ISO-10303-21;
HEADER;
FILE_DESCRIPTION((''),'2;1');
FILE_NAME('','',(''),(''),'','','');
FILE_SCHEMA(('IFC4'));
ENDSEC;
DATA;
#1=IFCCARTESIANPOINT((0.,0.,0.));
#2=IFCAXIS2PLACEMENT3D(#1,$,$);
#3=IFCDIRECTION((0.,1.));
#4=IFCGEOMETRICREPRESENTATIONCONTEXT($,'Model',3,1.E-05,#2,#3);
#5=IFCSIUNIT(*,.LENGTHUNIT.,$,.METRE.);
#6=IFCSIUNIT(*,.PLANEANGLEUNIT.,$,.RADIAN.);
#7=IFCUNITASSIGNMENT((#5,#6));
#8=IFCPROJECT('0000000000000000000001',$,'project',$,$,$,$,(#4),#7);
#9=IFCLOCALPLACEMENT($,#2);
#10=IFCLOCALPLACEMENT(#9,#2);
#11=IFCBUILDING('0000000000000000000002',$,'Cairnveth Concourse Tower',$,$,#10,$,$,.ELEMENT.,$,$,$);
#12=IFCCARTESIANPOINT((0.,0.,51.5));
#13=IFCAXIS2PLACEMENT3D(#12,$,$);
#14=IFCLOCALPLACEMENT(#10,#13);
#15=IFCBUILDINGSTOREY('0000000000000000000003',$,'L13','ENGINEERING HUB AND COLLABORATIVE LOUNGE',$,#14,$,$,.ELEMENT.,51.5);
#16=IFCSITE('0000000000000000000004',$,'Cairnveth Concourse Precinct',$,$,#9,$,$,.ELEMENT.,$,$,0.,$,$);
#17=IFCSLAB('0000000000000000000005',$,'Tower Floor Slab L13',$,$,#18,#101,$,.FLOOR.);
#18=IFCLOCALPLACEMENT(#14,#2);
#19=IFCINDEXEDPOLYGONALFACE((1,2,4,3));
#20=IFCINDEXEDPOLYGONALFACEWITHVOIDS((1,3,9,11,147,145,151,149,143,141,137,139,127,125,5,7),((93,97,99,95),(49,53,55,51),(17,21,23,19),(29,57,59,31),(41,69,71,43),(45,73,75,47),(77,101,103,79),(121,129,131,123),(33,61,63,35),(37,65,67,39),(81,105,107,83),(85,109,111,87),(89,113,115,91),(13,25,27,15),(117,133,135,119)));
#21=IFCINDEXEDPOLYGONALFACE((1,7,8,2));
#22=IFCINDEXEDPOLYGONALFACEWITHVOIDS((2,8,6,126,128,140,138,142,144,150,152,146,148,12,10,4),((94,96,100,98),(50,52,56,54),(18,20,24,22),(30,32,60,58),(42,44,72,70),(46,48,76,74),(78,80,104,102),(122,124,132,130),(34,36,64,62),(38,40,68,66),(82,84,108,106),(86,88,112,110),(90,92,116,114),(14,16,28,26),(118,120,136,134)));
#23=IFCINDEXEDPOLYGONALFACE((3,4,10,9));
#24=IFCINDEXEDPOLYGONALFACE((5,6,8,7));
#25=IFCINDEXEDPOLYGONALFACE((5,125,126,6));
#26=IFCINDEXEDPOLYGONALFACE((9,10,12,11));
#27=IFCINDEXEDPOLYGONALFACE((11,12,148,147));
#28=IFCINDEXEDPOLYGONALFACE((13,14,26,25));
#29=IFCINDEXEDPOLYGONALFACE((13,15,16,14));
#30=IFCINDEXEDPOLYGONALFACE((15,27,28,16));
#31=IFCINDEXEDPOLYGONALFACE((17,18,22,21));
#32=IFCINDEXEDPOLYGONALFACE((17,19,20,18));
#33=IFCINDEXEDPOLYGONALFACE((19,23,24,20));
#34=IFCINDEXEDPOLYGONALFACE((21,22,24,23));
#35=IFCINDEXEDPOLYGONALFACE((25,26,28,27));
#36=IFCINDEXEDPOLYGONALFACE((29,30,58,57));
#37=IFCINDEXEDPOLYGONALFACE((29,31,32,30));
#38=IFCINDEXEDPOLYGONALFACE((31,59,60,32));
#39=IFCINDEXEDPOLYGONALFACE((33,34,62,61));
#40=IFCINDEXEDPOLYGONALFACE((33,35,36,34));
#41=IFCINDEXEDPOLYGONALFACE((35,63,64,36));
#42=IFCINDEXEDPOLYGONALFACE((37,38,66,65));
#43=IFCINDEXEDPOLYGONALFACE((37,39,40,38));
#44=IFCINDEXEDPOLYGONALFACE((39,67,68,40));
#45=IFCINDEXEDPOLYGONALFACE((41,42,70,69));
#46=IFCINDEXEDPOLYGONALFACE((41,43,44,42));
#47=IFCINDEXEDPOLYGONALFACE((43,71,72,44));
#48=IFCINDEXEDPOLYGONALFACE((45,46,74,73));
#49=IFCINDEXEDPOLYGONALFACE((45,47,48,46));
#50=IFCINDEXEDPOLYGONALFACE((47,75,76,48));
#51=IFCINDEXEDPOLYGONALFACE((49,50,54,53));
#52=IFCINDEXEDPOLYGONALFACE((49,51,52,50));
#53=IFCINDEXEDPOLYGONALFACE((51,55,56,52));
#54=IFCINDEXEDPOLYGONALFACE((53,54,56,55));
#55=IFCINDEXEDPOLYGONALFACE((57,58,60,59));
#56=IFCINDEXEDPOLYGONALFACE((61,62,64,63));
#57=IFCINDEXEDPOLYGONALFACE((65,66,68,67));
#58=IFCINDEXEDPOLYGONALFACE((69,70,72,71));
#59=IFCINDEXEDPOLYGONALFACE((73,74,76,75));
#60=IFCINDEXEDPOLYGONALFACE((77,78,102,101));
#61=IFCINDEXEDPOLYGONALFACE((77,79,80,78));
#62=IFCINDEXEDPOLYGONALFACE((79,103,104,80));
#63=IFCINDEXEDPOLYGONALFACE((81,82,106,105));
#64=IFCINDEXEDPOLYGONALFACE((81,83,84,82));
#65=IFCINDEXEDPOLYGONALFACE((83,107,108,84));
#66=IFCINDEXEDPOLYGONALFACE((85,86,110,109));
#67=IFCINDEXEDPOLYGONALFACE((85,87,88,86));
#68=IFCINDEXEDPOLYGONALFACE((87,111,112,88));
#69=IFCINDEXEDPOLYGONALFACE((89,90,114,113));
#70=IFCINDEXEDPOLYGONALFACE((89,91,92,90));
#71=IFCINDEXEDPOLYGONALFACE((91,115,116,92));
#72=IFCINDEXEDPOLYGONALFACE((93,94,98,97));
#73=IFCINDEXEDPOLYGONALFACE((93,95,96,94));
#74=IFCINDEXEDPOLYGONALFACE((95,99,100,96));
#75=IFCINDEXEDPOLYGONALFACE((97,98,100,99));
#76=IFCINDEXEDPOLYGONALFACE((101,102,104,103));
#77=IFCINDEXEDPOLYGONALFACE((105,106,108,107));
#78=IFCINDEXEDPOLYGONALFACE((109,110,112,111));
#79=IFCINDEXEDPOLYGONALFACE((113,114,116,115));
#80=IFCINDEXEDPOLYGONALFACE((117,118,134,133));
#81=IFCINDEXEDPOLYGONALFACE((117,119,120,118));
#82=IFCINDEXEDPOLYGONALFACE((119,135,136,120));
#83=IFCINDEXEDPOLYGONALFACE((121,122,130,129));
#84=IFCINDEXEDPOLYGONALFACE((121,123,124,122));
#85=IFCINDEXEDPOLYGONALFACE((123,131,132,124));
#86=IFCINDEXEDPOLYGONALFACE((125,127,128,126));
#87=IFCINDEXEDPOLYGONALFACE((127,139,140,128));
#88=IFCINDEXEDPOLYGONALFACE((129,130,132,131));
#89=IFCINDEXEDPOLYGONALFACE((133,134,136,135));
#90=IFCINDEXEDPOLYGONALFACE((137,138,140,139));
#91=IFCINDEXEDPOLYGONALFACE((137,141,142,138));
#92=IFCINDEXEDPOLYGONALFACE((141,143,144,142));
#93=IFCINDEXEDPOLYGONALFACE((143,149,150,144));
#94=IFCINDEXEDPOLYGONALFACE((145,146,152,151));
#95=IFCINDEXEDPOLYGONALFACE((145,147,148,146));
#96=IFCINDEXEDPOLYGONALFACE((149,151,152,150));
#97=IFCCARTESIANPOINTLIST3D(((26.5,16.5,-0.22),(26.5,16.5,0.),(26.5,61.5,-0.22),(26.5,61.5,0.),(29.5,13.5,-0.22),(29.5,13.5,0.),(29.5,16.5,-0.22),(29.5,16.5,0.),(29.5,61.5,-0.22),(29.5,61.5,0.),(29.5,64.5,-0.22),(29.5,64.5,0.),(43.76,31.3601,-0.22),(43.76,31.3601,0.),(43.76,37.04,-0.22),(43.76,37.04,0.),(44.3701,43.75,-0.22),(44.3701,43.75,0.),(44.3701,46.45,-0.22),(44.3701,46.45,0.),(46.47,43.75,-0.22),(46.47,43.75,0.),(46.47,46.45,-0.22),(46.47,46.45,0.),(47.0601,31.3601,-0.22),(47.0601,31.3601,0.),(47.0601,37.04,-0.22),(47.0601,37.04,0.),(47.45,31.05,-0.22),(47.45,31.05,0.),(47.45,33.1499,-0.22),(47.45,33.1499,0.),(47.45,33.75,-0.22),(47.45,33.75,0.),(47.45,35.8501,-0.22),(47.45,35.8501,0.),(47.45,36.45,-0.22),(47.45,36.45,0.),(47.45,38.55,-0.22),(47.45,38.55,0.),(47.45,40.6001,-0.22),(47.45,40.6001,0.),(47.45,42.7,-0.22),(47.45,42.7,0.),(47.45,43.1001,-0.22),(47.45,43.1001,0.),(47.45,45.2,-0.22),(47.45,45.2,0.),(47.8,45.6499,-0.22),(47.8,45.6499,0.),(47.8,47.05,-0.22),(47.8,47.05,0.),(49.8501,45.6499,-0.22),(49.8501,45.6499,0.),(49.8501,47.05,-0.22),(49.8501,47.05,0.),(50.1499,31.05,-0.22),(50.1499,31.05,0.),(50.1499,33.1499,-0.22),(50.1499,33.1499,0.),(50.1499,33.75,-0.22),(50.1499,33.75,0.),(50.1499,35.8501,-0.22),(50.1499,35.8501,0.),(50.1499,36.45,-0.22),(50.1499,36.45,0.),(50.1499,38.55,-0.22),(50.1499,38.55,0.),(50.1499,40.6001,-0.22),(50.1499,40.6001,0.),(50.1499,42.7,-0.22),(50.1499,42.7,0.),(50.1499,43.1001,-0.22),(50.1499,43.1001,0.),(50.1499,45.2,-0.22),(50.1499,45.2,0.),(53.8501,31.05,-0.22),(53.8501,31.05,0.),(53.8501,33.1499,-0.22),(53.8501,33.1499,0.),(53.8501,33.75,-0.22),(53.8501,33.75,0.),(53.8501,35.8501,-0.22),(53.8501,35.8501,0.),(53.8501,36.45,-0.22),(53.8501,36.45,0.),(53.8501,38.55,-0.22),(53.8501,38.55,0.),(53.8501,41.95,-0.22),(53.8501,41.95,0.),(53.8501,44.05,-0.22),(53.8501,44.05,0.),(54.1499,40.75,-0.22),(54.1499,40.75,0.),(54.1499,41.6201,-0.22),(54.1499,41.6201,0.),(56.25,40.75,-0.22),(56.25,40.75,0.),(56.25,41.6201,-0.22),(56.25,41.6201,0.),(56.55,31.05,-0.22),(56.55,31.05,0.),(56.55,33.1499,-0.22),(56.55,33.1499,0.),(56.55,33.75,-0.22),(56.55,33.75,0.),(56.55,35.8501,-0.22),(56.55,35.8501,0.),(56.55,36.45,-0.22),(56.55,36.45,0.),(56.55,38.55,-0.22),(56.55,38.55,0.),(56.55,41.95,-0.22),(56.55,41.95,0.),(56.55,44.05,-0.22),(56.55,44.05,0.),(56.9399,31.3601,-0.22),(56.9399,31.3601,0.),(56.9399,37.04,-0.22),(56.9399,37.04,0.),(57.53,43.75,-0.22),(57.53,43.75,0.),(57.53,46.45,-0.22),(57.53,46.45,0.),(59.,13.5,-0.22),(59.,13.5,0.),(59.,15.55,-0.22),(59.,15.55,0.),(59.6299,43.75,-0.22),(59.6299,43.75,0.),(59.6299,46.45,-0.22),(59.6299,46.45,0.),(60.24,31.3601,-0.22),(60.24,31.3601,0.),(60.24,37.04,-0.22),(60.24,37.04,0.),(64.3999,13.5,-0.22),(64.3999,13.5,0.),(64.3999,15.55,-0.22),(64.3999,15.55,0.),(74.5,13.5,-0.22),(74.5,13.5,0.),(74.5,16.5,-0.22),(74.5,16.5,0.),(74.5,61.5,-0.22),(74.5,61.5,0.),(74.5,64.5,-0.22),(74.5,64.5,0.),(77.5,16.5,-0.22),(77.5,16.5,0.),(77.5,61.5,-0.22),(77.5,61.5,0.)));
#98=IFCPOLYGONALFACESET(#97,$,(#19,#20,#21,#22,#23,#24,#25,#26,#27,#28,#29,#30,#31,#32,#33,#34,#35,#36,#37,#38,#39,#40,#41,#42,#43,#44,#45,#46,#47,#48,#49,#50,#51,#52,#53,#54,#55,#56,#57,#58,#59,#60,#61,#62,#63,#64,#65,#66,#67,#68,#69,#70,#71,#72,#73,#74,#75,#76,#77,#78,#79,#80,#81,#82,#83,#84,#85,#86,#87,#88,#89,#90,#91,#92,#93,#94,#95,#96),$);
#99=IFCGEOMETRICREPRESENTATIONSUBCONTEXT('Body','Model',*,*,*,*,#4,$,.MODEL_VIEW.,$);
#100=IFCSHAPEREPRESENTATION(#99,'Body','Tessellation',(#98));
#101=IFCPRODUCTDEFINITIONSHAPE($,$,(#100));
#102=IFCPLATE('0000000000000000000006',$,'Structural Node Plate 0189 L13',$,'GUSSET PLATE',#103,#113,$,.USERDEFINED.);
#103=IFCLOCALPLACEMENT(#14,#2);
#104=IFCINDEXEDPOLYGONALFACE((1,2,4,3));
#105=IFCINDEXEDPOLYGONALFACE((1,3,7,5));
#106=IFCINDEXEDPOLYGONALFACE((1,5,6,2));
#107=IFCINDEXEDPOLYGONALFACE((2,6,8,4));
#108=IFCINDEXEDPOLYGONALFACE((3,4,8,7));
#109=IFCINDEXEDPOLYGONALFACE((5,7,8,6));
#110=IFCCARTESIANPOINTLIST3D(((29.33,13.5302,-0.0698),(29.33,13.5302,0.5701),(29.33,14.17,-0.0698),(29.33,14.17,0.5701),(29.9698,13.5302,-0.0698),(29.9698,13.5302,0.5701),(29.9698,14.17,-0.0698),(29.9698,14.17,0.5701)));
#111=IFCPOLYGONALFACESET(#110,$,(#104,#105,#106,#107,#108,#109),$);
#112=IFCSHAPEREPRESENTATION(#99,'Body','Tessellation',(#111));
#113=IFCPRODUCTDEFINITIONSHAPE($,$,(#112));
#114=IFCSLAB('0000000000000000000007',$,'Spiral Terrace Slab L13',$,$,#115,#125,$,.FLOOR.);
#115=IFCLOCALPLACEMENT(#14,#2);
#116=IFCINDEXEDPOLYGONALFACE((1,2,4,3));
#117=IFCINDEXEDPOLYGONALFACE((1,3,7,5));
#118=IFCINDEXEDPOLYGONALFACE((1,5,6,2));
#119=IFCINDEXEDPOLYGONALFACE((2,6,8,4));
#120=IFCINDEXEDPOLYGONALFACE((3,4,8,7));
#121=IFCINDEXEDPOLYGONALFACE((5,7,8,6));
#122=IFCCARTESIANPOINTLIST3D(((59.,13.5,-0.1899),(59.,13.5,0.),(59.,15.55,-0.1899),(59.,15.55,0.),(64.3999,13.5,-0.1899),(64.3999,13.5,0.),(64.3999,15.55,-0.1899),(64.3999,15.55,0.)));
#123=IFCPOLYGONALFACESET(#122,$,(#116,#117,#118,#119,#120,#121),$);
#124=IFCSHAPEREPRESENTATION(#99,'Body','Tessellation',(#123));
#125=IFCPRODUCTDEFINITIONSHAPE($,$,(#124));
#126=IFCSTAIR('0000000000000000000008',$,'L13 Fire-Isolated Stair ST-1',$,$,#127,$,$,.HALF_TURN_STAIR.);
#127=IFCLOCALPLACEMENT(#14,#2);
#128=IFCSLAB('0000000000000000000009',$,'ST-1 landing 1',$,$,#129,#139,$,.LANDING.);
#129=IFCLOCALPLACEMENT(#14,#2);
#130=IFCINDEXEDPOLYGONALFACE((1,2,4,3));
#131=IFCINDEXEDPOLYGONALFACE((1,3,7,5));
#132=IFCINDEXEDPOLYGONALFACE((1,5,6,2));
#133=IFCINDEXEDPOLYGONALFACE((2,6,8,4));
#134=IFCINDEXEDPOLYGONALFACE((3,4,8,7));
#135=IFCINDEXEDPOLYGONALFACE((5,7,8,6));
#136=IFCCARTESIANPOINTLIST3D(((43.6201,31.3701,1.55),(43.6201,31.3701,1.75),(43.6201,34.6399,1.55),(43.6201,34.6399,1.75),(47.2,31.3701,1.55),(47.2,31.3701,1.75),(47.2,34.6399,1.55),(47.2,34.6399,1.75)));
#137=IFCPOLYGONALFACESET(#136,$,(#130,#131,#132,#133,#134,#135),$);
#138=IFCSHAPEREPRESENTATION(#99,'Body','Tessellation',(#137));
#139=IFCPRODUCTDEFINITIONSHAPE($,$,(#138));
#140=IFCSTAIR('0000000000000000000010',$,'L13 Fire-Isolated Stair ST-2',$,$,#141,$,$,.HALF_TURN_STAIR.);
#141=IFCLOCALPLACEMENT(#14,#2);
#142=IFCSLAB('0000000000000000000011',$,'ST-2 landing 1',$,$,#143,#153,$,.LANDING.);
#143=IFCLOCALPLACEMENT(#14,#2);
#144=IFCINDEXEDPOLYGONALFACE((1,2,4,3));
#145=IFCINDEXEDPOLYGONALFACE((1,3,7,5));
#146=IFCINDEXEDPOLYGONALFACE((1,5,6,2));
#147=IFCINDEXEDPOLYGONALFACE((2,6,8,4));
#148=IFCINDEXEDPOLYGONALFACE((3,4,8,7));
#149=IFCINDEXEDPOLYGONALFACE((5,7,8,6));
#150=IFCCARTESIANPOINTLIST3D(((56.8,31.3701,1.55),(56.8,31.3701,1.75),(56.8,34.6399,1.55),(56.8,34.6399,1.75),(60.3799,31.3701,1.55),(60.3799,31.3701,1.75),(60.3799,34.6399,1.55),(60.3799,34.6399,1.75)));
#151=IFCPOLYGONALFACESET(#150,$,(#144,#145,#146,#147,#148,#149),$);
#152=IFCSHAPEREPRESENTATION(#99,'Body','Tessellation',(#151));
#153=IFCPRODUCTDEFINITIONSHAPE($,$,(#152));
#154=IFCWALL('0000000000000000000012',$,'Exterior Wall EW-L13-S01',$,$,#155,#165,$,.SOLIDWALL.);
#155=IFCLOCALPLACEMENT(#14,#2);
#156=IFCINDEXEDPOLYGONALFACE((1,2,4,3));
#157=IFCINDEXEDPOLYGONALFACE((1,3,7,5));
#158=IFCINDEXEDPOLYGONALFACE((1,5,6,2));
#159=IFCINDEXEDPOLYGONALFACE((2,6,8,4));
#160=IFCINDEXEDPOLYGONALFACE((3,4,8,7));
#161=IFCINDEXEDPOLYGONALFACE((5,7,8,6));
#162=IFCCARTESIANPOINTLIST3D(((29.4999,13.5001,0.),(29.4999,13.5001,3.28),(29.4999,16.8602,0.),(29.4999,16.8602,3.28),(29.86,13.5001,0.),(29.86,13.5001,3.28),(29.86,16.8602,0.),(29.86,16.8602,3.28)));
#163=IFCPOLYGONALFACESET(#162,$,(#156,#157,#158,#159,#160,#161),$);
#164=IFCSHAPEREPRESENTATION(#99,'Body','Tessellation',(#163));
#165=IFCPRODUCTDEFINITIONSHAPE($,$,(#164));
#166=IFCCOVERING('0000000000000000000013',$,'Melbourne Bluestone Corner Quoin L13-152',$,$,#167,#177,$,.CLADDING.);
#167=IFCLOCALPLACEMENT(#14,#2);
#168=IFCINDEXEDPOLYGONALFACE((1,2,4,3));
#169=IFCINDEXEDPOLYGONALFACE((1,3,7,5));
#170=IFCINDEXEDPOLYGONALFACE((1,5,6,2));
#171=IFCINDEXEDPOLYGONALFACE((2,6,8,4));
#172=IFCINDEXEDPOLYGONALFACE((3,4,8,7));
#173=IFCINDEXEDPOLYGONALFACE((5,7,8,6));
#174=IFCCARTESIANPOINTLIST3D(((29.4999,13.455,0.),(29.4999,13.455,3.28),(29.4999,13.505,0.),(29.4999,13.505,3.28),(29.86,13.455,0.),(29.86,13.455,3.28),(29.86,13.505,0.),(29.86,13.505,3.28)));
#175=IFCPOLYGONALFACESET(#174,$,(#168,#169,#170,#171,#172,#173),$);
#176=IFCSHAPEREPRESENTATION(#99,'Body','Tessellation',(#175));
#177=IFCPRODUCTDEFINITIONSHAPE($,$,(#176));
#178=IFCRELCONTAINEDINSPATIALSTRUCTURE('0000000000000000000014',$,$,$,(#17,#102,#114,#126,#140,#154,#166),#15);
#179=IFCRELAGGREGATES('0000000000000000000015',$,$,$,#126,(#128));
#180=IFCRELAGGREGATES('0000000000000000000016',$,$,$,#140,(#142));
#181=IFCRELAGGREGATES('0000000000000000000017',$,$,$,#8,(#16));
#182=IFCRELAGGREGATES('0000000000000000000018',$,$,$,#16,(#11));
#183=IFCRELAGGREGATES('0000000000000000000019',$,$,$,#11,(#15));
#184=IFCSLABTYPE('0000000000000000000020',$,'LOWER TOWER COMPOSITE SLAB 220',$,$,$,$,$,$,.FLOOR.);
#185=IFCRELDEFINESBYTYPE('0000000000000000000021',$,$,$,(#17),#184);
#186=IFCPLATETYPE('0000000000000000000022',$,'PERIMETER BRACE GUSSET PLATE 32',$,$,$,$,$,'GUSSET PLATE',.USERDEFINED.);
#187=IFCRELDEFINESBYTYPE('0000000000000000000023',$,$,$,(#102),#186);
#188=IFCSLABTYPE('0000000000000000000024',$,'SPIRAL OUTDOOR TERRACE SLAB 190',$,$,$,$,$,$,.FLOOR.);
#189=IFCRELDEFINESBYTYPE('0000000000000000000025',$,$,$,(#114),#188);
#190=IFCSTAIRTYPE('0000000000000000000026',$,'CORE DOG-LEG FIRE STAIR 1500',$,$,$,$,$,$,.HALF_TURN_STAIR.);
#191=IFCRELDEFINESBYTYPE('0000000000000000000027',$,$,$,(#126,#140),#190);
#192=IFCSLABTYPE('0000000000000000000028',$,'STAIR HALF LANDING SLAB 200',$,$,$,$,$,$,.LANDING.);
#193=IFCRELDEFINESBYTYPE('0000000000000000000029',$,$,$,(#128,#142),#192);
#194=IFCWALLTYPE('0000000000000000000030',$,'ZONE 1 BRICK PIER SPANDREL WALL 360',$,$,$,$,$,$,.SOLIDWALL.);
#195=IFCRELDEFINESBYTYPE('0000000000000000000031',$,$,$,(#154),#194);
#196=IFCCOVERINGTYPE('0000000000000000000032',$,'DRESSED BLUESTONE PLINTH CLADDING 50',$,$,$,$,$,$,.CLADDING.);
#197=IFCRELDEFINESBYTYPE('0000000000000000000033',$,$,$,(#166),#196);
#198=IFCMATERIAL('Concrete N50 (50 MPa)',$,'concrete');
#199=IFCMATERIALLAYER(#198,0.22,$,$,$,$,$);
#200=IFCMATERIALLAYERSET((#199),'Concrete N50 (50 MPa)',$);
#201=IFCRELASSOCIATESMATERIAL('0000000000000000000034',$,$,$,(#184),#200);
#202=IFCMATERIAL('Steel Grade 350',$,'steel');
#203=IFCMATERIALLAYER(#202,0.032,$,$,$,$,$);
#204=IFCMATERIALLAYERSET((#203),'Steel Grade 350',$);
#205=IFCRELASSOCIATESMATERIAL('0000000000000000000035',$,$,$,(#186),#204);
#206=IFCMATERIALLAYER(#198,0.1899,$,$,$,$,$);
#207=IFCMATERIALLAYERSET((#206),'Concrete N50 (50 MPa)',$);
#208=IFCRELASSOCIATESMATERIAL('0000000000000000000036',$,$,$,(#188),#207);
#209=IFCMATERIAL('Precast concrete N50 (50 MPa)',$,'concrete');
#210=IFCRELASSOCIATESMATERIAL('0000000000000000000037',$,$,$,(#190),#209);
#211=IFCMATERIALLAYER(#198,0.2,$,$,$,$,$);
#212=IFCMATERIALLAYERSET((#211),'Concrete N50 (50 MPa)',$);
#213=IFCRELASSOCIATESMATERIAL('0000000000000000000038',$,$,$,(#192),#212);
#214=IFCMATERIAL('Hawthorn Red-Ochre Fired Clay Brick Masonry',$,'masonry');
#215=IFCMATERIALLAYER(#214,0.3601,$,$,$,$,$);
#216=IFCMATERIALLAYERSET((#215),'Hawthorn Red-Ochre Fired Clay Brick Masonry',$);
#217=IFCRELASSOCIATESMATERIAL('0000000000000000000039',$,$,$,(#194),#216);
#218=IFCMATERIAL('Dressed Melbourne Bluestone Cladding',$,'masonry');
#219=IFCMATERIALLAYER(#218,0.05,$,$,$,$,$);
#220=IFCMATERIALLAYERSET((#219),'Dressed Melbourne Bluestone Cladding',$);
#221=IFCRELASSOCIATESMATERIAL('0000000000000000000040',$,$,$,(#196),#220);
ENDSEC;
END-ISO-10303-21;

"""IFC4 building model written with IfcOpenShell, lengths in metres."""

from ifc_helpers import new_model, si_unit, direction, frame, frame_2d, origin, origin_2d, place, context, subcontext, project, spatial, polyline, rectangle, outline, extrude, material, layer, layer_set, type_object, element, aggregate, save


model = new_model("IFC4")

# Units and contexts
model_context = context("Model", 3, precision=1e-05, world=origin(), true_north=direction((0.0, 1.0)))
body_context = subcontext(model_context, "Body", "Model", "MODEL_VIEW")
ifc_project = project(units=[si_unit("LENGTHUNIT", "METRE"), si_unit("PLANEANGLEUNIT", "RADIAN")], contexts=[model_context])

# Site, building, storey
site_placement = place(None, origin())
site = spatial("IfcSite", under=ifc_project, at=site_placement, Name="Cairnveth Concourse Precinct", CompositionType="ELEMENT", RefElevation=0.0)
building_placement = place(site_placement, origin())
building = spatial("IfcBuilding", under=site, at=building_placement, Name="Cairnveth Concourse Tower", CompositionType="ELEMENT")
storey_placement = place(building_placement, frame((0.0, 0.0, 51.5)))
storey = spatial("IfcBuildingStorey", under=building, at=storey_placement, Name="L13", Description="ENGINEERING HUB AND COLLABORATIVE LOUNGE", CompositionType="ELEMENT", Elevation=51.5)

# Shared definitions
ifc_material_1 = material(Name="Steel Grade 350", Category="steel")

# Slab
ifc_material_2 = material(Name="Concrete N50 (50 MPa)", Category="concrete")
ifc_layer_1 = layer(ifc_material_2, 0.22)
ifc_layer_set_1 = layer_set([ifc_layer_1], Name="Concrete N50 (50 MPa)")
slab_type_1 = type_object("IfcSlabType", Name="LOWER TOWER COMPOSITE SLAB 220", PredefinedType="FLOOR", material=ifc_layer_set_1)
slab_1_placement = place(storey_placement, frame((0.0, 0.0, -0.22)))
element("IfcSlab", 1, at=slab_1_placement, inside=storey, type_object=slab_type_1, Name="Tower Floor Slab L13", PredefinedType="FLOOR", context=body_context, shape_type="SweptSolid", body=[
    extrude(outline(polyline([(59.0, 13.5), (59.0, 15.55), (64.3999, 15.55), (64.3999, 13.5), (74.5, 13.5), (74.5, 16.5), (77.5, 16.5), (77.5, 61.5), (74.5, 61.5), (74.5, 64.5), (29.5, 64.5), (29.5, 61.5), (26.5, 61.5), (26.5, 16.5), (29.5, 16.5), (29.5, 13.5), (59.0, 13.5)]), holes=[polyline([(43.76, 31.3601), (47.0601, 31.3601), (47.0601, 37.04), (43.76, 37.04), (43.76, 31.3601)]), polyline([(56.9399, 31.3601), (60.24, 31.3601), (60.24, 37.04), (56.9399, 37.04), (56.9399, 31.3601)]), polyline([(44.3701, 43.75), (46.47, 43.75), (46.47, 46.45), (44.3701, 46.45), (44.3701, 43.75)]), polyline([(57.53, 43.75), (59.6299, 43.75), (59.6299, 46.45), (57.53, 46.45), (57.53, 43.75)]), polyline([(47.45, 31.05), (50.1499, 31.05), (50.1499, 33.1499), (47.45, 33.1499), (47.45, 31.05)]), polyline([(47.45, 33.75), (50.1499, 33.75), (50.1499, 35.8501), (47.45, 35.8501), (47.45, 33.75)]), polyline([(47.45, 36.45), (50.1499, 36.45), (50.1499, 38.55), (47.45, 38.55), (47.45, 36.45)]), polyline([(53.8501, 31.05), (56.55, 31.05), (56.55, 33.1499), (53.8501, 33.1499), (53.8501, 31.05)]), polyline([(53.8501, 33.75), (56.55, 33.75), (56.55, 35.8501), (53.8501, 35.8501), (53.8501, 33.75)]), polyline([(53.8501, 36.45), (56.55, 36.45), (56.55, 38.55), (53.8501, 38.55), (53.8501, 36.45)]), polyline([(47.45, 40.6001), (50.1499, 40.6001), (50.1499, 42.7), (47.45, 42.7), (47.45, 40.6001)]), polyline([(47.45, 43.1001), (50.1499, 43.1001), (50.1499, 45.2), (47.45, 45.2), (47.45, 43.1001)]), polyline([(53.8501, 41.95), (56.55, 41.95), (56.55, 44.05), (53.8501, 44.05), (53.8501, 41.95)]), polyline([(47.8, 45.6499), (49.8501, 45.6499), (49.8501, 47.05), (47.8, 47.05), (47.8, 45.6499)]), polyline([(54.1499, 40.75), (56.25, 40.75), (56.25, 41.6201), (54.1499, 41.6201), (54.1499, 40.75)])]), origin(), (0.0, 0.0, 1.0), 0.22),
])

# Plate
ifc_layer_2 = layer(ifc_material_1, 0.032)
ifc_layer_set_2 = layer_set([ifc_layer_2], Name="Steel Grade 350")
plate_type = type_object("IfcPlateType", Name="PERIMETER BRACE GUSSET PLATE 32", ElementType="GUSSET PLATE", PredefinedType="USERDEFINED", material=ifc_layer_set_2)
plate_placement = place(storey_placement, frame((29.6499, 13.8501, -0.0698), z_axis=(0.0, 0.0, 1.0), x_axis=(1.0, 0.0, 0.0)))
element("IfcPlate", 2, at=plate_placement, inside=storey, type_object=plate_type, Name="Structural Node Plate 0189 L13", ObjectType="GUSSET PLATE", PredefinedType="USERDEFINED", context=body_context, shape_type="SweptSolid", body=[
    extrude(rectangle(XDim=0.6399, YDim=0.6399, at=origin_2d()), origin(), (0.0, 0.0, 1.0), 0.6399),
])

# Slab
ifc_layer_3 = layer(ifc_material_2, 0.1899)
ifc_layer_set_3 = layer_set([ifc_layer_3], Name="Concrete N50 (50 MPa)")
slab_type_2 = type_object("IfcSlabType", Name="SPIRAL OUTDOOR TERRACE SLAB 190", PredefinedType="FLOOR", material=ifc_layer_set_3)
slab_2_placement = place(storey_placement, frame((0.0, 0.0, -0.1899)))
element("IfcSlab", 3, at=slab_2_placement, inside=storey, type_object=slab_type_2, Name="Spiral Terrace Slab L13", PredefinedType="FLOOR", context=body_context, shape_type="SweptSolid", body=[
    extrude(outline(polyline([(59.0, 13.5), (64.3999, 13.5), (64.3999, 15.55), (59.0, 15.55), (59.0, 13.5)])), origin(), (0.0, 0.0, 1.0), 0.1899),
])

# Stairs, slabs
ifc_material_3 = material(Name="Precast concrete N50 (50 MPa)", Category="concrete")
stair_type = type_object("IfcStairType", Name="CORE DOG-LEG FIRE STAIR 1500", PredefinedType="HALF_TURN_STAIR", material=ifc_material_3)
stair_1_placement = place(storey_placement, origin())
stair_1 = element("IfcStair", 4, at=stair_1_placement, inside=storey, type_object=stair_type, Name="L13 Fire-Isolated Stair ST-1", PredefinedType="HALF_TURN_STAIR")
ifc_layer_4 = layer(ifc_material_2, 0.2)
ifc_layer_set_4 = layer_set([ifc_layer_4], Name="Concrete N50 (50 MPa)")
slab_type_3 = type_object("IfcSlabType", Name="STAIR HALF LANDING SLAB 200", PredefinedType="LANDING", material=ifc_layer_set_4)
slab_3_placement = place(storey_placement, frame((0.0, 0.0, 1.55)))
slab_3 = element("IfcSlab", 5, at=slab_3_placement, type_object=slab_type_3, Name="ST-1 landing 1", PredefinedType="LANDING", context=body_context, shape_type="SweptSolid", body=[
    extrude(outline(polyline([(43.6201, 34.6399), (43.6201, 31.3701), (47.2, 31.3701), (47.2, 34.6399), (43.6201, 34.6399)])), origin(), (0.0, 0.0, 1.0), 0.2),
])
aggregate(stair_1, [slab_3])
stair_2_placement = place(storey_placement, origin())
stair_2 = element("IfcStair", 6, at=stair_2_placement, inside=storey, type_object=stair_type, Name="L13 Fire-Isolated Stair ST-2", PredefinedType="HALF_TURN_STAIR")
slab_4_placement = place(storey_placement, frame((0.0, 0.0, 1.55)))
slab_4 = element("IfcSlab", 7, at=slab_4_placement, type_object=slab_type_3, Name="ST-2 landing 1", PredefinedType="LANDING", context=body_context, shape_type="SweptSolid", body=[
    extrude(outline(polyline([(56.8, 34.6399), (56.8, 31.3701), (60.3799, 31.3701), (60.3799, 34.6399), (56.8, 34.6399)])), origin(), (0.0, 0.0, 1.0), 0.2),
])
aggregate(stair_2, [slab_4])

# Wall
ifc_material_4 = material(Name="Hawthorn Red-Ochre Fired Clay Brick Masonry", Category="masonry")
ifc_layer_5 = layer(ifc_material_4, 0.3601)
ifc_layer_set_5 = layer_set([ifc_layer_5], Name="Hawthorn Red-Ochre Fired Clay Brick Masonry")
wall_type = type_object("IfcWallType", Name="ZONE 1 BRICK PIER SPANDREL WALL 360", PredefinedType="SOLIDWALL", material=ifc_layer_set_5)
wall_1_placement = place(storey_placement, frame((29.6799, 13.5, 0.0), z_axis=(0.0, 0.0, 1.0), x_axis=(0.0, 1.0, 0.0)))
element("IfcWall", 8, at=wall_1_placement, inside=storey, type_object=wall_type, Name="Exterior Wall EW-L13-S01", PredefinedType="SOLIDWALL", context=body_context, shape_type="SweptSolid", body=[
    extrude(rectangle(XDim=3.3601, YDim=0.3601, at=frame_2d((1.6802, 0.0))), origin(), (0.0, 0.0, 1.0), 3.28),
])

# Covering
ifc_material_5 = material(Name="Dressed Melbourne Bluestone Cladding", Category="masonry")
ifc_layer_6 = layer(ifc_material_5, 0.05)
ifc_layer_set_6 = layer_set([ifc_layer_6], Name="Dressed Melbourne Bluestone Cladding")
covering_type = type_object("IfcCoveringType", Name="DRESSED BLUESTONE PLINTH CLADDING 50", PredefinedType="CLADDING", material=ifc_layer_set_6)
for number, where, z_axis, x_axis, name in (
    (9, (29.8601, 13.48, 0.0), (0.0, 0.0, 1.0), (-1.0, 0.0, 0.0), "Melbourne Bluestone Corner Quoin L13-152"),
):
    element("IfcCovering", number, at=place(storey_placement, frame(where, z_axis=z_axis, x_axis=x_axis)), inside=storey, type_object=covering_type, Name=name, PredefinedType="CLADDING", context=body_context, shape_type="SweptSolid", body=[
        extrude(rectangle(XDim=0.3601, YDim=0.05, at=frame_2d((0.1802, 0.0))), origin(), (0.0, 0.0, 1.0), 3.28),
    ])

save(model, "model.ifc")
